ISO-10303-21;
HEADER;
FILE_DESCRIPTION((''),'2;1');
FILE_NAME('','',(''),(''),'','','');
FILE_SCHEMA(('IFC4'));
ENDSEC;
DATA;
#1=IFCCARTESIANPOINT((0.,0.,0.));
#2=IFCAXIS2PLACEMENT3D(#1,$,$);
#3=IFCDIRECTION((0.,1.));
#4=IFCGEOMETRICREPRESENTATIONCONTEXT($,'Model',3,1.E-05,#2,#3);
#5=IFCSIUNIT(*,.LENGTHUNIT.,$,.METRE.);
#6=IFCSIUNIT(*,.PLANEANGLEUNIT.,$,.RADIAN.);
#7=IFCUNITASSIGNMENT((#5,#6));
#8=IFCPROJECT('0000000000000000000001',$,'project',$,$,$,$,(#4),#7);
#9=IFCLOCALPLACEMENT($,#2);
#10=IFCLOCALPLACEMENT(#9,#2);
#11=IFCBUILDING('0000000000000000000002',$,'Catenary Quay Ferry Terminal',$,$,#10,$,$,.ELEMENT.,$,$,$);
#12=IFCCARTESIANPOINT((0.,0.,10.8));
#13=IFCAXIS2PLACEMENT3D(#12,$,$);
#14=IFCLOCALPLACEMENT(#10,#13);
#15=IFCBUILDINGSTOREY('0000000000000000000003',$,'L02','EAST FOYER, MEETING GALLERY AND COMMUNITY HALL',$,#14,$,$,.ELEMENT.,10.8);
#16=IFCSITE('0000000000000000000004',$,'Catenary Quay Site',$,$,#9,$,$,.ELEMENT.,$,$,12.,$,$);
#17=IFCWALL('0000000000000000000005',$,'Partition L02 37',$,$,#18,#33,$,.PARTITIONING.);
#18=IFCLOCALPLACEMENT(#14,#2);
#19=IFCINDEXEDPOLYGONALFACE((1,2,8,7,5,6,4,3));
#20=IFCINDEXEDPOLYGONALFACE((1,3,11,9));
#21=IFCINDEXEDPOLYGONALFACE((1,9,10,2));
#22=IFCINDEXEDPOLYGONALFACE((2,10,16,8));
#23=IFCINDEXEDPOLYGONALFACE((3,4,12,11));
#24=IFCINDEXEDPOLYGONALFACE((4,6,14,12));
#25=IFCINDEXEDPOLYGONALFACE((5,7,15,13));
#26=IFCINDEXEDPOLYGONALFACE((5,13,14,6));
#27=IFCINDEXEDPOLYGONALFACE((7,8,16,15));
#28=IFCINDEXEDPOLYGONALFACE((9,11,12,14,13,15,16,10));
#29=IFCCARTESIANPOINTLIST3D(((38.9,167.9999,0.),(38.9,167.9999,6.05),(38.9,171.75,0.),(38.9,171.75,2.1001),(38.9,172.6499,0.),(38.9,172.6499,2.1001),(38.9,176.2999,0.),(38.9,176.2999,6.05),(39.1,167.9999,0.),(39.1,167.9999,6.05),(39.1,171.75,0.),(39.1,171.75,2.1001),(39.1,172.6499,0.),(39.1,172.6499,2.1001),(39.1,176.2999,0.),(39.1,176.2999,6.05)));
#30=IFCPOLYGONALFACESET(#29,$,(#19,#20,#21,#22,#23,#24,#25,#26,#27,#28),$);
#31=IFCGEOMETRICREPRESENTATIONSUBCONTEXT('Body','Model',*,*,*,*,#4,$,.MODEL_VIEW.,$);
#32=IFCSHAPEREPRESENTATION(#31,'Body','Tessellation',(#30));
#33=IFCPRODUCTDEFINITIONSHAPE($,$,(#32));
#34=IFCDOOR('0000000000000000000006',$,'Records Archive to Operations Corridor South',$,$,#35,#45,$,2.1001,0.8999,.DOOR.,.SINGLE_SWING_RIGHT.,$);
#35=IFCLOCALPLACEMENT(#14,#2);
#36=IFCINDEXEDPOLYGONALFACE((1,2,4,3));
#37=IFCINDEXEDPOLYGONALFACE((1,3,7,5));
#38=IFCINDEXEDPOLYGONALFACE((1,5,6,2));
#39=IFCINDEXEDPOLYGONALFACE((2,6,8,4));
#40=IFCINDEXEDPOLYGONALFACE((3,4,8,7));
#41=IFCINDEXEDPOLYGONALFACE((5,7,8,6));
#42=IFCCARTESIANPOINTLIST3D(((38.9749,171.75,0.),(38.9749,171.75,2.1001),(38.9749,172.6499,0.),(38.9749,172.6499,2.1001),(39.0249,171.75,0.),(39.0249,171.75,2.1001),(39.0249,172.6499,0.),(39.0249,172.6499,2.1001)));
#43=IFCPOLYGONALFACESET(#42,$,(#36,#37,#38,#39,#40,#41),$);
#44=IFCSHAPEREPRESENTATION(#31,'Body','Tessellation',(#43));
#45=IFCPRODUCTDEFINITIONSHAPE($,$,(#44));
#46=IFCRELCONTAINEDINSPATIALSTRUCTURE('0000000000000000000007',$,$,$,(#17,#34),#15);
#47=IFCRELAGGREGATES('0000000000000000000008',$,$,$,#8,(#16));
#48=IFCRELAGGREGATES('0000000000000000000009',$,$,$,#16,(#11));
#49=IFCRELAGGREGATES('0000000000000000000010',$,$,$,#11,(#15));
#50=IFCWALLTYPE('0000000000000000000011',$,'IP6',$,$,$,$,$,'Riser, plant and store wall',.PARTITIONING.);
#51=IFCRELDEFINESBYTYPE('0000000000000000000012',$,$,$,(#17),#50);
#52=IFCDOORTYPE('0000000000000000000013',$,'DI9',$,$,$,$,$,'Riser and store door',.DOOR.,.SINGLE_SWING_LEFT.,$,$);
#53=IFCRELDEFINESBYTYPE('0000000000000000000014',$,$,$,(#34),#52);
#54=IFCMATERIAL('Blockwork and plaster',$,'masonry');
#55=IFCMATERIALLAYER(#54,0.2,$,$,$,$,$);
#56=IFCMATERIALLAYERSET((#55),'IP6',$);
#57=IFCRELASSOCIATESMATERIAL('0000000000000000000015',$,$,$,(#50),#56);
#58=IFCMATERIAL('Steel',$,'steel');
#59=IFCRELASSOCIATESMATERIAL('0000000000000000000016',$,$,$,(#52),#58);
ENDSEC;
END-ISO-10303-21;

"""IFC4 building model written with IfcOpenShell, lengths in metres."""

from ifc_helpers import new_model, si_unit, direction, frame, frame_2d, origin, place, context, subcontext, project, spatial, rectangle, extrude, material, layer, layer_set, type_object, element, fill, save


model = new_model("IFC4")

# Units and contexts
model_context = context("Model", 3, precision=1e-05, world=origin(), true_north=direction((0.0, 1.0)))
body_context = subcontext(model_context, "Body", "Model", "MODEL_VIEW")
ifc_project = project(units=[si_unit("LENGTHUNIT", "METRE"), si_unit("PLANEANGLEUNIT", "RADIAN")], contexts=[model_context])

# Site, building, storey
site_placement = place(None, origin())
site = spatial("IfcSite", under=ifc_project, at=site_placement, Name="Catenary Quay Site", CompositionType="ELEMENT", RefElevation=12.0)
building_placement = place(site_placement, origin())
building = spatial("IfcBuilding", under=site, at=building_placement, Name="Catenary Quay Ferry Terminal", CompositionType="ELEMENT")
storey_placement = place(building_placement, frame((0.0, 0.0, 10.8)))
storey = spatial("IfcBuildingStorey", under=building, at=storey_placement, Name="L02", Description="EAST FOYER, MEETING GALLERY AND COMMUNITY HALL", CompositionType="ELEMENT", Elevation=10.8)

# Shared definitions
ifc_material_1 = material(Name="Blockwork and plaster", Category="masonry")
ifc_layer_1 = layer(ifc_material_1, 0.2)
ifc_layer_set_1 = layer_set([ifc_layer_1], Name="IP6")
wall_type_1 = type_object("IfcWallType", Name="IP6", ElementType="Riser, plant and store wall", PredefinedType="PARTITIONING", material=ifc_layer_set_1)

# Wall, opening, door
wall_1_placement = place(storey_placement, frame((39.0, 168.0, 0.0), z_axis=(0.0, 0.0, 1.0), x_axis=(0.0, 1.0, 0.0)))
wall_1 = element("IfcWall", 1, at=wall_1_placement, inside=storey, type_object=wall_type_1, Name="Partition L02 37", PredefinedType="PARTITIONING", context=body_context, shape_type="SweptSolid", body=[
    extrude(rectangle(XDim=8.3, YDim=0.2, at=frame_2d((4.1499, 0.0))), origin(), (0.0, 0.0, 1.0), 6.05),
])
opening_1_placement = place(wall_1_placement, frame((3.75, 0.0, 0.0)))
opening_1 = element("IfcOpeningElement", 2, at=opening_1_placement, cuts=wall_1, PredefinedType="OPENING", context=body_context, shape_type="SweptSolid", body=[
    extrude(rectangle(XDim=0.8999, YDim=2.1001, at=frame_2d((0.45, 1.05))), frame((0.0, 0.1099, 0.0), z_axis=(0.0, -1.0, 0.0), x_axis=(1.0, 0.0, 0.0)), (0.0, 0.0, 1.0), 0.22),
])
ifc_material_2 = material(Name="Steel", Category="steel")
door_type_1 = type_object("IfcDoorType", Name="DI9", ElementType="Riser and store door", OperationType="SINGLE_SWING_LEFT", PredefinedType="DOOR", material=ifc_material_2)
door_1_placement = place(opening_1_placement, frame((0.8999, 0.0, 0.0), z_axis=(0.0, 0.0, 1.0), x_axis=(-1.0, 0.0, 0.0)))
door_1 = element("IfcDoor", 3, at=door_1_placement, inside=storey, type_object=door_type_1, Name="Records Archive to Operations Corridor South", OperationType="SINGLE_SWING_RIGHT", OverallHeight=2.1001, OverallWidth=0.8999, PredefinedType="DOOR", context=body_context, shape_type="SweptSolid", body=[
    extrude(rectangle(XDim=0.8999, YDim=2.1001, at=frame_2d((0.45, 1.05))), frame((0.0, 0.0249, 0.0), z_axis=(0.0, -1.0, 0.0), x_axis=(1.0, 0.0, 0.0)), (0.0, 0.0, 1.0), 0.05),
])
fill(opening_1, door_1)

save(model, "model.ifc")
